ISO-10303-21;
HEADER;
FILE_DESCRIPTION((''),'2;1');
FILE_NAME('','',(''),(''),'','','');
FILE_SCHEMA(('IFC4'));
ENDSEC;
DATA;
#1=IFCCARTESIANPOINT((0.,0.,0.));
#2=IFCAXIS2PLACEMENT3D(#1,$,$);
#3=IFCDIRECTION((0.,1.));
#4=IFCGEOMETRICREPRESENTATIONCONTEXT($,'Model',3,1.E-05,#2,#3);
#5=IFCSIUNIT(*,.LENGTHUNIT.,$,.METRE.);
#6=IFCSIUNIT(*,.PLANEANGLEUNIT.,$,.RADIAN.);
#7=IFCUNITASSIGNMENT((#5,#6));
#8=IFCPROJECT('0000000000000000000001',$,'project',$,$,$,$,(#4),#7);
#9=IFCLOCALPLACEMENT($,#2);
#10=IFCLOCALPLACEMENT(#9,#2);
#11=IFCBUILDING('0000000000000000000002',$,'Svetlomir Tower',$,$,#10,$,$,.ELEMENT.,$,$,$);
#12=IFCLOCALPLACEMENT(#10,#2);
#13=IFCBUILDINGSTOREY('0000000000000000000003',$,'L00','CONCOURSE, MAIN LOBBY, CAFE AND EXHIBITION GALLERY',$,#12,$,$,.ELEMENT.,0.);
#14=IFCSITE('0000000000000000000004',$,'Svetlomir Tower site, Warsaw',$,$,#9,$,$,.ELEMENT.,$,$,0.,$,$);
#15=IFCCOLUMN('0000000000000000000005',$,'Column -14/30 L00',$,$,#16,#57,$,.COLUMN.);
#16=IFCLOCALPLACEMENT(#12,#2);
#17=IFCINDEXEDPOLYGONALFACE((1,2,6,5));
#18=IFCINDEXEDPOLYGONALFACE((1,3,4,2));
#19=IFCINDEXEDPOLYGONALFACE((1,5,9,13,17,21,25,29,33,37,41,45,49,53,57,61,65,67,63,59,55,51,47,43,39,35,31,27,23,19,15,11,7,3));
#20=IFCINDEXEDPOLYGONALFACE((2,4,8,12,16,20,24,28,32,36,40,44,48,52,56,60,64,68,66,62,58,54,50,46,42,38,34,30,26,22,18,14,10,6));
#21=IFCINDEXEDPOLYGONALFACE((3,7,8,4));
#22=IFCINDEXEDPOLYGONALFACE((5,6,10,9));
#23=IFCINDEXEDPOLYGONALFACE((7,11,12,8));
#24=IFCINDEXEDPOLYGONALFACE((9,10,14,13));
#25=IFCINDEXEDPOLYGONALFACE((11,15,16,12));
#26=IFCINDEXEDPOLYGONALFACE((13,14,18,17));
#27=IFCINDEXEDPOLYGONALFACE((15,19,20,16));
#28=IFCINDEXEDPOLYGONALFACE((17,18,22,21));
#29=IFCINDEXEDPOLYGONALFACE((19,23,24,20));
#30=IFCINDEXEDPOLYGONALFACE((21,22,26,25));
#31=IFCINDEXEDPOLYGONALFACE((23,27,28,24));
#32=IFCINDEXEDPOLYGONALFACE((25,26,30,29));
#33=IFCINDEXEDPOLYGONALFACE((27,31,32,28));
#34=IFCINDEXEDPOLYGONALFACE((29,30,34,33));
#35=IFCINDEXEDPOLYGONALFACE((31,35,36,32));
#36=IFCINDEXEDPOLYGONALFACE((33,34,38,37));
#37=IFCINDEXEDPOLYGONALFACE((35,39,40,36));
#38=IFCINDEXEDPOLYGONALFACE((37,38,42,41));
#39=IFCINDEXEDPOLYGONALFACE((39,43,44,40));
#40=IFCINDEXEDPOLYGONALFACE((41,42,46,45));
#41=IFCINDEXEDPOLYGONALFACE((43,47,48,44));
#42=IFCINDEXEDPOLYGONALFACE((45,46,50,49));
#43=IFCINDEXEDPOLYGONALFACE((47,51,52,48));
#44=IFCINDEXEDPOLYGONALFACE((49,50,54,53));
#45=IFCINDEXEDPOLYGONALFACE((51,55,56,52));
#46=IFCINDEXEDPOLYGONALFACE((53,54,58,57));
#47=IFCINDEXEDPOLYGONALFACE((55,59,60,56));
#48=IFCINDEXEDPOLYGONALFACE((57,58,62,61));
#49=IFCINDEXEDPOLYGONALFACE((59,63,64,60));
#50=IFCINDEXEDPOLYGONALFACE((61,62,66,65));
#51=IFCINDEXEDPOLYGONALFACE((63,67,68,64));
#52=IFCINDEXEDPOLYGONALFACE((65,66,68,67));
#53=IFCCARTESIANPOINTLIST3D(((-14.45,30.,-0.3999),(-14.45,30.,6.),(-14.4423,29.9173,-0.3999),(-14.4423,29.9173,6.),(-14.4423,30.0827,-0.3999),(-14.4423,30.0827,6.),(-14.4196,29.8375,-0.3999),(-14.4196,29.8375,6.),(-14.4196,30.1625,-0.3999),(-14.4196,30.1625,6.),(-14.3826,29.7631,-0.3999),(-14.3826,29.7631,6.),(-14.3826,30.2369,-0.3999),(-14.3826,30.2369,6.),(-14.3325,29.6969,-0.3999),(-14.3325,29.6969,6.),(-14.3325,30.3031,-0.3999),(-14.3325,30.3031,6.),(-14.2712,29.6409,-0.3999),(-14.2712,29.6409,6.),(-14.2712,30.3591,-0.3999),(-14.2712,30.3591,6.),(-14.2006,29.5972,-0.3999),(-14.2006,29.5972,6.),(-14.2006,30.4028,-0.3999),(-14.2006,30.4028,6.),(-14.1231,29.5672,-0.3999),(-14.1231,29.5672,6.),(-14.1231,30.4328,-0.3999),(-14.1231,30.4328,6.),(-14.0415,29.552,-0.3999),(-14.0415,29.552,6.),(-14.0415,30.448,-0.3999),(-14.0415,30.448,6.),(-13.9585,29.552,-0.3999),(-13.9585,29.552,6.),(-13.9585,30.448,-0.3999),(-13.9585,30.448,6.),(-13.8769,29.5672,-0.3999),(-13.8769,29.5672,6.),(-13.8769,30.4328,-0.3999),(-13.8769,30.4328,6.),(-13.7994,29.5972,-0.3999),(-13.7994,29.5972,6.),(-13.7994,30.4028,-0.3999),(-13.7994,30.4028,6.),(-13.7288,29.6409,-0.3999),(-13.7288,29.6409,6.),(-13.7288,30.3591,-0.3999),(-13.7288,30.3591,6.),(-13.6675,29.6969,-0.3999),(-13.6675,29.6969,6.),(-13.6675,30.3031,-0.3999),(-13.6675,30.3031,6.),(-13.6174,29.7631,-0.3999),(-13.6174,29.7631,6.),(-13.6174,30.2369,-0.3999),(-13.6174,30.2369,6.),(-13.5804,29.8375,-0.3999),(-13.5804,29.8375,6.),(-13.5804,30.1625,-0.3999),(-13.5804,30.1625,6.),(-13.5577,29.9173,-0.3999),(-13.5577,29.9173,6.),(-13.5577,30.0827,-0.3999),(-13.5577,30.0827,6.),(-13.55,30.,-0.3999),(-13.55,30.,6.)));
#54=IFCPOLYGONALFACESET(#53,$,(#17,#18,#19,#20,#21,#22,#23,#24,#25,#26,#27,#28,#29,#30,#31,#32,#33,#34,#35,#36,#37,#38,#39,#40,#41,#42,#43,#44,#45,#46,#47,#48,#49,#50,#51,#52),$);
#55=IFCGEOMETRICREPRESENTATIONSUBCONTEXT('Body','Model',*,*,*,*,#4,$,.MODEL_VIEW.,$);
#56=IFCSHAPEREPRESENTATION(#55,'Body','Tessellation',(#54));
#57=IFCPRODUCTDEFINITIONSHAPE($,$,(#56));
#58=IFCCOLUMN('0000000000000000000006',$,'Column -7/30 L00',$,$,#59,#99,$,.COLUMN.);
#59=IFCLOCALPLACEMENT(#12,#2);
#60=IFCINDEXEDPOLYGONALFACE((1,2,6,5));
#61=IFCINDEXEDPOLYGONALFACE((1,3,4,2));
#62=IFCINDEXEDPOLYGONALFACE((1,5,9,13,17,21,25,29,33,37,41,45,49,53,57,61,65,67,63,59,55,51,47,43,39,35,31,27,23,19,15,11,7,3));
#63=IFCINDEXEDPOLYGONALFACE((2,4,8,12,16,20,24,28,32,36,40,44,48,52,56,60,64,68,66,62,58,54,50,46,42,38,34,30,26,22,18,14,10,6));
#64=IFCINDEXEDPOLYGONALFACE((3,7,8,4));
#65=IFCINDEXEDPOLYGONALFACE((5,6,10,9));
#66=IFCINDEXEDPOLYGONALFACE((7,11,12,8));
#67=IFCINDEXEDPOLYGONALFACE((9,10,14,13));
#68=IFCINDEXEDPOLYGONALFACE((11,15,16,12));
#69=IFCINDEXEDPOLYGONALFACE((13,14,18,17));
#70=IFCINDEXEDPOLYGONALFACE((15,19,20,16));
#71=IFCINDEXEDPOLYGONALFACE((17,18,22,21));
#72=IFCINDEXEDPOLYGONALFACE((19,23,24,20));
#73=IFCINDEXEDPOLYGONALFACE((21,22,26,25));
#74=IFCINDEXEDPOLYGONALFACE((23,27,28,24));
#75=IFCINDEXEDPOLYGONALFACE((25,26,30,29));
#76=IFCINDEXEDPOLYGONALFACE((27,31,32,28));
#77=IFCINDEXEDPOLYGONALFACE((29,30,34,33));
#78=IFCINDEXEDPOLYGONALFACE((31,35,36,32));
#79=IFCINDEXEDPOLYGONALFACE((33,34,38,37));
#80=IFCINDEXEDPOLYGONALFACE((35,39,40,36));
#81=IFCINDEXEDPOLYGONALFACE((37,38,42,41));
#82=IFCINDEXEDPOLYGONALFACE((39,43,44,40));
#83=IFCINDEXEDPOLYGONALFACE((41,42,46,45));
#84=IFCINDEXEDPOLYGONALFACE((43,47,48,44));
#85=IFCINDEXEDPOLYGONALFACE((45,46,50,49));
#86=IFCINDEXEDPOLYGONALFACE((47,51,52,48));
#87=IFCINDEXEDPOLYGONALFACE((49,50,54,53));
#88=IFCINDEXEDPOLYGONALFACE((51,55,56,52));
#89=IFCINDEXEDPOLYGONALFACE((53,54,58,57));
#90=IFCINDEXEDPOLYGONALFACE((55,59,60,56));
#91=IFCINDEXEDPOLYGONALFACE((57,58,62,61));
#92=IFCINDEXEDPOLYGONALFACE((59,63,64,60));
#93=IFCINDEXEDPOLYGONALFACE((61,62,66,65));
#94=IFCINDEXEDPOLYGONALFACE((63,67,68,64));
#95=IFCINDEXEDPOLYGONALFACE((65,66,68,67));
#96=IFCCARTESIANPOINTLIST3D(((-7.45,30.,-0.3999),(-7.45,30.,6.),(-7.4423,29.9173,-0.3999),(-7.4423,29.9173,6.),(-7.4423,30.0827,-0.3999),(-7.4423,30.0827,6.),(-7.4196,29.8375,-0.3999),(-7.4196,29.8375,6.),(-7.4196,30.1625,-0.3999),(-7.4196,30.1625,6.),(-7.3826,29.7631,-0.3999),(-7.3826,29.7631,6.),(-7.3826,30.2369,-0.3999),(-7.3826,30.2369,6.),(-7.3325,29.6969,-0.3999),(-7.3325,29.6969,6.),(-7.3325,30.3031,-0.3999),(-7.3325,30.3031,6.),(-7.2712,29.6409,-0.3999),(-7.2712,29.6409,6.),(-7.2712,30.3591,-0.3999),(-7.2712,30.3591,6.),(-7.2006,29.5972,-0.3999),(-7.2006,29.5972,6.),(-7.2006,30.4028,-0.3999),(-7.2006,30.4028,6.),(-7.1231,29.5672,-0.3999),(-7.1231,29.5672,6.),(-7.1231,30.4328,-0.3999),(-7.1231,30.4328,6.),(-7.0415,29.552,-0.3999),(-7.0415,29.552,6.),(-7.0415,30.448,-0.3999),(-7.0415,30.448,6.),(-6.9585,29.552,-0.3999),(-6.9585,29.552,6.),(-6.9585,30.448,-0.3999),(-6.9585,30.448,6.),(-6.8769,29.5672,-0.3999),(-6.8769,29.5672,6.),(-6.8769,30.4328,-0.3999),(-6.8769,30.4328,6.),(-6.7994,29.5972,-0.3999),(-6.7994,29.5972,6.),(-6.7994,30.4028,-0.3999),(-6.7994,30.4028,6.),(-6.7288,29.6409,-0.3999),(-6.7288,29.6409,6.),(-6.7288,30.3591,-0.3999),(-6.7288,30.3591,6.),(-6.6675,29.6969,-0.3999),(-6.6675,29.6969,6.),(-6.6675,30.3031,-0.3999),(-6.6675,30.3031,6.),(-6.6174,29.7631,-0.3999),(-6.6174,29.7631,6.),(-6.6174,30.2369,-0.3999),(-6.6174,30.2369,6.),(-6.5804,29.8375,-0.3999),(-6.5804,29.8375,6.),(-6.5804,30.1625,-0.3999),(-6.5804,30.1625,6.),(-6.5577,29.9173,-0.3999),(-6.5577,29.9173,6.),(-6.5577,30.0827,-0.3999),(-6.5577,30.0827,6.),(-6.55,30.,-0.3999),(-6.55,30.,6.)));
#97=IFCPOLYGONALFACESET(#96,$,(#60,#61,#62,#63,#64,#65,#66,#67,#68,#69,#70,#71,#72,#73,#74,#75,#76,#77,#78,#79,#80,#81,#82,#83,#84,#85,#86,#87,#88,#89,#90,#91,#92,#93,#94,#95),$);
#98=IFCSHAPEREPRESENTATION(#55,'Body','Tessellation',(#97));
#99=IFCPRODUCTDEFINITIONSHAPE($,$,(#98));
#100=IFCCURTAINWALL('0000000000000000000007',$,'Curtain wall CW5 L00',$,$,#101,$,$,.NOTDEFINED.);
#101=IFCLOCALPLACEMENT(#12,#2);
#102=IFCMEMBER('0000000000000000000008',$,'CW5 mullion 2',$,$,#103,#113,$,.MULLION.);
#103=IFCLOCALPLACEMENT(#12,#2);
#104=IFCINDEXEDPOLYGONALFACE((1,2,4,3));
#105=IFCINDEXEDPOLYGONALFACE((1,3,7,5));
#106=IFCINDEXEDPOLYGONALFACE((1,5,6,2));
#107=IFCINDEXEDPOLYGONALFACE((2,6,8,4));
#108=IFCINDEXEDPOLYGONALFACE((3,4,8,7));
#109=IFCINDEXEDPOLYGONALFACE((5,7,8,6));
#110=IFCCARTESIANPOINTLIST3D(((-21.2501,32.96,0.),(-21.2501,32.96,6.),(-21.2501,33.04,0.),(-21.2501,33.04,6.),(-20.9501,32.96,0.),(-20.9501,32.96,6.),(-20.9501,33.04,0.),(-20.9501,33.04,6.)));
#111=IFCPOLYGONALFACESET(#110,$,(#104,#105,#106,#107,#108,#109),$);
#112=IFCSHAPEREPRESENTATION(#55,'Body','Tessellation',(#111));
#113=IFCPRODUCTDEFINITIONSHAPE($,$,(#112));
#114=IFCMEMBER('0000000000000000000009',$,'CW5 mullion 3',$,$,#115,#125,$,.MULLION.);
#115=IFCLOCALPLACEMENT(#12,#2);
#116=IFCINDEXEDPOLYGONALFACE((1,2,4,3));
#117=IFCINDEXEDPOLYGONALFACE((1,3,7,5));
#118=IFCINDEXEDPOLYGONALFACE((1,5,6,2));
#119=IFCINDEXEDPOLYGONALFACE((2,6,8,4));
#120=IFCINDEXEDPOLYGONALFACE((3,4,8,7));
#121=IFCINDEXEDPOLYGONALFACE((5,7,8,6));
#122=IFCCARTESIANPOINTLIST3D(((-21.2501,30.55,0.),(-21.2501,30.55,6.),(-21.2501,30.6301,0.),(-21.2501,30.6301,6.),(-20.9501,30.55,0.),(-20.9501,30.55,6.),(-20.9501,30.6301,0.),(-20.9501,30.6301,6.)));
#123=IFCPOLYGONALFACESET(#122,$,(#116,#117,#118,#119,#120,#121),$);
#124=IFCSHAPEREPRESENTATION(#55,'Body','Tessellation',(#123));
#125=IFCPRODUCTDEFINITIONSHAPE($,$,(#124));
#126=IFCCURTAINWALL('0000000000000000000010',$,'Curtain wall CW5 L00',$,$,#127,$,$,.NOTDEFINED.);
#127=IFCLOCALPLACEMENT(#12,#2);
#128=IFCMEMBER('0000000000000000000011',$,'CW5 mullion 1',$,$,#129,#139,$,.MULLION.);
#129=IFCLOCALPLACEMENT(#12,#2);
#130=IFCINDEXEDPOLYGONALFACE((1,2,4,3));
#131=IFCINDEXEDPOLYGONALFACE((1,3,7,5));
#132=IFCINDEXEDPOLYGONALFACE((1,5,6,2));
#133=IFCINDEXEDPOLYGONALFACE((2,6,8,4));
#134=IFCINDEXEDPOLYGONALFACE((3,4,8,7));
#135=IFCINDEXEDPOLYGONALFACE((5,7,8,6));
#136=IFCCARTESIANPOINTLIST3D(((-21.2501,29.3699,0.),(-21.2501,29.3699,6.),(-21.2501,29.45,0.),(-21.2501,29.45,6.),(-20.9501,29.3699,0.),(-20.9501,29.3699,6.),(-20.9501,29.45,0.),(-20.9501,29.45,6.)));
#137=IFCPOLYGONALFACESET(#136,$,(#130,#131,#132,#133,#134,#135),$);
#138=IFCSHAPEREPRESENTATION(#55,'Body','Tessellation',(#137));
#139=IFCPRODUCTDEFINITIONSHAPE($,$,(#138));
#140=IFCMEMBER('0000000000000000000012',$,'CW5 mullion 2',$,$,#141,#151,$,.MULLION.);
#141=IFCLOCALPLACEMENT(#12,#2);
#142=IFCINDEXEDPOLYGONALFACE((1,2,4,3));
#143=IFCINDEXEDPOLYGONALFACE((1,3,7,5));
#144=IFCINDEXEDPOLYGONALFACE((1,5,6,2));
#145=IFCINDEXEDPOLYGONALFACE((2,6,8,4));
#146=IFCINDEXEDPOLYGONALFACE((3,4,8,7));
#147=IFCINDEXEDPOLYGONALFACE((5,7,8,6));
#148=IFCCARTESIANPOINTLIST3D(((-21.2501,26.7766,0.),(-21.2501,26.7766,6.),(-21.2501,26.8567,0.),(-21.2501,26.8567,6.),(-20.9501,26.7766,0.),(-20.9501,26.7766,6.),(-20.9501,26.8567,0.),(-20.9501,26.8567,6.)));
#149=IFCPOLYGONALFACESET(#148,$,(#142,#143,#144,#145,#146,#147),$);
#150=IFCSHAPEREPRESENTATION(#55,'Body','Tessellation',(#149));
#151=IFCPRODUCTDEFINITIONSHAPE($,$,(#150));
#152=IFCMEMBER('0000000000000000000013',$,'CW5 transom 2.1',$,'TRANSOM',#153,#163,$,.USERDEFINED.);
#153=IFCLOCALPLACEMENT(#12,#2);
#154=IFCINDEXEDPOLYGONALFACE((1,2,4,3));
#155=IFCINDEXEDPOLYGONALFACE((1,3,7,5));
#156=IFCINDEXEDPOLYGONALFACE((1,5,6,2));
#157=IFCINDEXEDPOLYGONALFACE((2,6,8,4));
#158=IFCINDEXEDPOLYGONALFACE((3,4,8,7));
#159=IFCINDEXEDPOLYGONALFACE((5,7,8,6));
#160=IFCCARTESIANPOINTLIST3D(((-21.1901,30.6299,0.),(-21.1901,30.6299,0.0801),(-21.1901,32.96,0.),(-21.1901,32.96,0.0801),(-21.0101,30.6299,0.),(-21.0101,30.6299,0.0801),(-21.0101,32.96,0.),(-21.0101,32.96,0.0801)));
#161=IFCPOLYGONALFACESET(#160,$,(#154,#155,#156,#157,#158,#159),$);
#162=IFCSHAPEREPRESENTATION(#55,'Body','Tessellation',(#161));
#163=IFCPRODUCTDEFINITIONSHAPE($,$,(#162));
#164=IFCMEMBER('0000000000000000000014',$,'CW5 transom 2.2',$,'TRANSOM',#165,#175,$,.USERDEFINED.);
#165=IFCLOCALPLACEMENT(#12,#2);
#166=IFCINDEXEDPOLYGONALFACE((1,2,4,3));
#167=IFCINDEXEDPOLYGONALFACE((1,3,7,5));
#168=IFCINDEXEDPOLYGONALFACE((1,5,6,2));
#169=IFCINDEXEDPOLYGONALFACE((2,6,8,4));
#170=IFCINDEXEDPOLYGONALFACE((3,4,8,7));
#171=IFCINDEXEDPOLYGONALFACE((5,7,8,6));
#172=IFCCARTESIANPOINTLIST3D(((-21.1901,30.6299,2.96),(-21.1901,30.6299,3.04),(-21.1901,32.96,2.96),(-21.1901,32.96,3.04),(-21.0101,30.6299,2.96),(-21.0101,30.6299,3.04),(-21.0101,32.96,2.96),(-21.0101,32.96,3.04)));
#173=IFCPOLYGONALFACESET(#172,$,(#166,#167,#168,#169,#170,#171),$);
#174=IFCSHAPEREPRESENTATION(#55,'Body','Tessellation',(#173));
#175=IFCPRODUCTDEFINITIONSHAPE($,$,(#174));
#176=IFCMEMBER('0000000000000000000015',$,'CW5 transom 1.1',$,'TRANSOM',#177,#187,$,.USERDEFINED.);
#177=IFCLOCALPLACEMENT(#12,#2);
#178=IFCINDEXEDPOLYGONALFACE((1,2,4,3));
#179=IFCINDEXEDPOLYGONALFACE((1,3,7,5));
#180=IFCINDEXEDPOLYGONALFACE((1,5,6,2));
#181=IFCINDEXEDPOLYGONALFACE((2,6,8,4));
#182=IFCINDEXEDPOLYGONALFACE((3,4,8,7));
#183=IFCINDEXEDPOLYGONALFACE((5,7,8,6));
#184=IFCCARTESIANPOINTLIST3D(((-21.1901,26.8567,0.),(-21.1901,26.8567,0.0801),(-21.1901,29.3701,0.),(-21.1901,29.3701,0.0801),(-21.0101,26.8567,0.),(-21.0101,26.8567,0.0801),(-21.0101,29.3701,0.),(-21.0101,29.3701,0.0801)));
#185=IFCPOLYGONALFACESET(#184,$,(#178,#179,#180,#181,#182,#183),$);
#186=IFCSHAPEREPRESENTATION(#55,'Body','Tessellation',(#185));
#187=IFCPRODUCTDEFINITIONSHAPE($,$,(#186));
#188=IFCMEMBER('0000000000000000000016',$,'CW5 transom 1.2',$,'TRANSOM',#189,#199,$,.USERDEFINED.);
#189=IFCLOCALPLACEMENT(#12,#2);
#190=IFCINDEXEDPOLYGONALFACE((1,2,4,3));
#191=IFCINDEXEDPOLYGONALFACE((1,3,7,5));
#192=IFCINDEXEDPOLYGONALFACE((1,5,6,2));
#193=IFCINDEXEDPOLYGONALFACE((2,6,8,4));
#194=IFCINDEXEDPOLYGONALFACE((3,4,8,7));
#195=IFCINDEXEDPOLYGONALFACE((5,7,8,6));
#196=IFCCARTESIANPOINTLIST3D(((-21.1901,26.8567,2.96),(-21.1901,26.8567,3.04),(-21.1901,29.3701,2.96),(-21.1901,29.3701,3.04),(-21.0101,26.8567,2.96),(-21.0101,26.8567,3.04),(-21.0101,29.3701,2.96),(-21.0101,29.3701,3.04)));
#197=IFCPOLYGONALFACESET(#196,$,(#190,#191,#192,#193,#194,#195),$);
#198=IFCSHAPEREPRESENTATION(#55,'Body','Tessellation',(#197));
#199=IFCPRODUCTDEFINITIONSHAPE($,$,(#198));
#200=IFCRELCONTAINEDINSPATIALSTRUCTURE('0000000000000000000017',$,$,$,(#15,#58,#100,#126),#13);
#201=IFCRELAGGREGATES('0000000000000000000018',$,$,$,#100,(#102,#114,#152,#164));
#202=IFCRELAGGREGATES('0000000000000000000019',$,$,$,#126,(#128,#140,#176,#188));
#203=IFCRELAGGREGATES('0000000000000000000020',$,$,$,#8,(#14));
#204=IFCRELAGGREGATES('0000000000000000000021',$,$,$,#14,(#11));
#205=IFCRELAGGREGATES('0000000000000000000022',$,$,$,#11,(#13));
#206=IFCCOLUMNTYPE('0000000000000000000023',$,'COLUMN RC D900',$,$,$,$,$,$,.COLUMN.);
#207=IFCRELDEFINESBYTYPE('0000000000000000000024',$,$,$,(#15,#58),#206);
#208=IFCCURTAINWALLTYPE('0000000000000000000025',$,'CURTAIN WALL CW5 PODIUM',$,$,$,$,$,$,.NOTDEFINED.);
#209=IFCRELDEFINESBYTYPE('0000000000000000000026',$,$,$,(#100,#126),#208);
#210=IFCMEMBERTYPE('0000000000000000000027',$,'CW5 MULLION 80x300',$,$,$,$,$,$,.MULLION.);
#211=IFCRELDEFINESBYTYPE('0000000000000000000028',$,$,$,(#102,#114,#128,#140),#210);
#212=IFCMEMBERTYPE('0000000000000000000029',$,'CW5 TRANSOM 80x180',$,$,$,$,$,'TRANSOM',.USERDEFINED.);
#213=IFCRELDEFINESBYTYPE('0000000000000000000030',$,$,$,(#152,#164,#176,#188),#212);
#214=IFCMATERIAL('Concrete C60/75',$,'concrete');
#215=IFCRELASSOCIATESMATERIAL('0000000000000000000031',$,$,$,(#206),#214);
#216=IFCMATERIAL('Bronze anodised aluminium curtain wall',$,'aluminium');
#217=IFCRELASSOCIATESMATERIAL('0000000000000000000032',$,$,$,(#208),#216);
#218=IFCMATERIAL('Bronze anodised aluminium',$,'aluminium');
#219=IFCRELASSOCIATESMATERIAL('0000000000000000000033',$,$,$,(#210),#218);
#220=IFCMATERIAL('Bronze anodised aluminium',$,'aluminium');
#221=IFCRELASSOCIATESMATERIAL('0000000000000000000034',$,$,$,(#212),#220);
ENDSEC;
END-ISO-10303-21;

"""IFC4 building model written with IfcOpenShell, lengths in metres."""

from ifc_helpers import new_model, si_unit, direction, frame, origin, origin_2d, place, context, subcontext, project, spatial, rectangle, circle, extrude, material, material_profile, profile_set, type_object, element, aggregate, save


model = new_model("IFC4")

# Units and contexts
model_context = context("Model", 3, precision=1e-05, world=origin(), true_north=direction((0.0, 1.0)))
body_context = subcontext(model_context, "Body", "Model", "MODEL_VIEW")
ifc_project = project(units=[si_unit("LENGTHUNIT", "METRE"), si_unit("PLANEANGLEUNIT", "RADIAN")], contexts=[model_context])

# Site, building, storey
site_placement = place(None, origin())
site = spatial("IfcSite", under=ifc_project, at=site_placement, Name="Svetlomir Tower site, Warsaw", CompositionType="ELEMENT", RefElevation=0.0)
building_placement = place(site_placement, origin())
building = spatial("IfcBuilding", under=site, at=building_placement, Name="Svetlomir Tower", CompositionType="ELEMENT")
storey_placement = place(building_placement, origin())
storey = spatial("IfcBuildingStorey", under=building, at=storey_placement, Name="L00", Description="CONCOURSE, MAIN LOBBY, CAFE AND EXHIBITION GALLERY", CompositionType="ELEMENT", Elevation=0.0)

# Columns
ifc_material_1 = material(Name="Concrete C60/75", Category="concrete")
ifc_material_profile_1 = material_profile(ifc_material_1, circle(Radius=0.45, at=origin_2d()), Name="RC D900")
ifc_profile_set_1 = profile_set([ifc_material_profile_1], Name="Concrete C60/75")
column_type_1 = type_object("IfcColumnType", Name="COLUMN RC D900", PredefinedType="COLUMN", material=ifc_profile_set_1)
for number, where, z_axis, x_axis, name in (
    (1, (-14.0, 30.0, -0.3999), (0.0, 0.0, 1.0), (1.0, 0.0, 0.0), "Column -14/30 L00"),
    (2, (-7.0, 30.0, -0.3999), (0.0, 0.0, 1.0), (1.0, 0.0, 0.0), "Column -7/30 L00"),
):
    element("IfcColumn", number, at=place(storey_placement, frame(where, z_axis=z_axis, x_axis=x_axis)), inside=storey, type_object=column_type_1, Name=name, PredefinedType="COLUMN", context=body_context, shape_type="SweptSolid", body=[
        extrude(circle(Radius=0.45, at=origin_2d()), origin(), (0.0, 0.0, 1.0), 6.3999),
    ])

# Curtain walls, members
ifc_material_2 = material(Name="Bronze anodised aluminium curtain wall", Category="aluminium")
curtain_wall_type = type_object("IfcCurtainWallType", Name="CURTAIN WALL CW5 PODIUM", PredefinedType="NOTDEFINED", material=ifc_material_2)
curtain_wall_1_placement = place(storey_placement, origin())
curtain_wall_1 = element("IfcCurtainWall", 3, at=curtain_wall_1_placement, inside=storey, type_object=curtain_wall_type, Name="Curtain wall CW5 L00", PredefinedType="NOTDEFINED")
ifc_material_3 = material(Name="Bronze anodised aluminium", Category="aluminium")
ifc_material_profile_2 = material_profile(ifc_material_3, rectangle(XDim=0.0801, YDim=0.3, at=origin_2d()), Name="AL 80x300")
ifc_profile_set_2 = profile_set([ifc_material_profile_2], Name="Bronze anodised aluminium 6063-T6")
member_type_1 = type_object("IfcMemberType", Name="CW5 MULLION 80x300", PredefinedType="MULLION", material=ifc_profile_set_2)
member_1_placement = place(storey_placement, frame((-21.1001, 33.0, 0.0), z_axis=(0.0, 0.0, 1.0), x_axis=(0.0, -1.0, 0.0)))
member_1 = element("IfcMember", 4, at=member_1_placement, type_object=member_type_1, Name="CW5 mullion 2", PredefinedType="MULLION", context=body_context, shape_type="SweptSolid", body=[
    extrude(rectangle(XDim=0.0801, YDim=0.3, at=origin_2d()), origin(), (0.0, 0.0, 1.0), 6.0),
])
member_2_placement = place(storey_placement, frame((-21.1001, 30.5901, 0.0), z_axis=(0.0, 0.0, 1.0), x_axis=(0.0, -1.0, 0.0)))
member_2 = element("IfcMember", 5, at=member_2_placement, type_object=member_type_1, Name="CW5 mullion 3", PredefinedType="MULLION", context=body_context, shape_type="SweptSolid", body=[
    extrude(rectangle(XDim=0.0801, YDim=0.3, at=origin_2d()), origin(), (0.0, 0.0, 1.0), 6.0),
])
curtain_wall_2_placement = place(storey_placement, origin())
curtain_wall_2 = element("IfcCurtainWall", 6, at=curtain_wall_2_placement, inside=storey, type_object=curtain_wall_type, Name="Curtain wall CW5 L00", PredefinedType="NOTDEFINED")
member_3_placement = place(storey_placement, frame((-21.1001, 29.4099, 0.0), z_axis=(0.0, 0.0, 1.0), x_axis=(0.0, -1.0, 0.0)))
member_3 = element("IfcMember", 7, at=member_3_placement, type_object=member_type_1, Name="CW5 mullion 1", PredefinedType="MULLION", context=body_context, shape_type="SweptSolid", body=[
    extrude(rectangle(XDim=0.0801, YDim=0.3, at=origin_2d()), origin(), (0.0, 0.0, 1.0), 6.0),
])
member_4_placement = place(storey_placement, frame((-21.1001, 26.8167, 0.0), z_axis=(0.0, 0.0, 1.0), x_axis=(0.0, -1.0, 0.0)))
member_4 = element("IfcMember", 8, at=member_4_placement, type_object=member_type_1, Name="CW5 mullion 2", PredefinedType="MULLION", context=body_context, shape_type="SweptSolid", body=[
    extrude(rectangle(XDim=0.0801, YDim=0.3, at=origin_2d()), origin(), (0.0, 0.0, 1.0), 6.0),
])

# Members
ifc_material_4 = material(Name="Bronze anodised aluminium", Category="aluminium")
ifc_material_profile_3 = material_profile(ifc_material_4, rectangle(XDim=0.1799, YDim=0.0801, at=origin_2d()), Name="AL 180x80")
ifc_profile_set_3 = profile_set([ifc_material_profile_3], Name="Bronze anodised aluminium 6063-T6")
member_type_2 = type_object("IfcMemberType", Name="CW5 TRANSOM 80x180", ElementType="TRANSOM", PredefinedType="USERDEFINED", material=ifc_profile_set_3)
member_5_placement = place(storey_placement, frame((-21.1001, 32.96, 0.04), z_axis=(0.0, -1.0, 0.0), x_axis=(1.0, 0.0, 0.0)))
member_5 = element("IfcMember", 9, at=member_5_placement, type_object=member_type_2, Name="CW5 transom 2.1", ObjectType="TRANSOM", PredefinedType="USERDEFINED", context=body_context, shape_type="SweptSolid", body=[
    extrude(rectangle(XDim=0.1799, YDim=0.0801, at=origin_2d()), origin(), (0.0, 0.0, 1.0), 2.3301),
])
member_6_placement = place(storey_placement, frame((-21.1001, 32.96, 3.0), z_axis=(0.0, -1.0, 0.0), x_axis=(1.0, 0.0, 0.0)))
member_6 = element("IfcMember", 10, at=member_6_placement, type_object=member_type_2, Name="CW5 transom 2.2", ObjectType="TRANSOM", PredefinedType="USERDEFINED", context=body_context, shape_type="SweptSolid", body=[
    extrude(rectangle(XDim=0.1799, YDim=0.0801, at=origin_2d()), origin(), (0.0, 0.0, 1.0), 2.3301),
])
member_7_placement = place(storey_placement, frame((-21.1001, 29.3701, 0.04), z_axis=(0.0, -1.0, 0.0), x_axis=(1.0, 0.0, 0.0)))
member_7 = element("IfcMember", 11, at=member_7_placement, type_object=member_type_2, Name="CW5 transom 1.1", ObjectType="TRANSOM", PredefinedType="USERDEFINED", context=body_context, shape_type="SweptSolid", body=[
    extrude(rectangle(XDim=0.1799, YDim=0.0801, at=origin_2d()), origin(), (0.0, 0.0, 1.0), 2.5134),
])
member_8_placement = place(storey_placement, frame((-21.1001, 29.3701, 3.0), z_axis=(0.0, -1.0, 0.0), x_axis=(1.0, 0.0, 0.0)))
member_8 = element("IfcMember", 12, at=member_8_placement, type_object=member_type_2, Name="CW5 transom 1.2", ObjectType="TRANSOM", PredefinedType="USERDEFINED", context=body_context, shape_type="SweptSolid", body=[
    extrude(rectangle(XDim=0.1799, YDim=0.0801, at=origin_2d()), origin(), (0.0, 0.0, 1.0), 2.5134),
])

aggregate(curtain_wall_1, [member_1, member_2, member_5, member_6])
aggregate(curtain_wall_2, [member_3, member_4, member_7, member_8])

save(model, "model.ifc")
